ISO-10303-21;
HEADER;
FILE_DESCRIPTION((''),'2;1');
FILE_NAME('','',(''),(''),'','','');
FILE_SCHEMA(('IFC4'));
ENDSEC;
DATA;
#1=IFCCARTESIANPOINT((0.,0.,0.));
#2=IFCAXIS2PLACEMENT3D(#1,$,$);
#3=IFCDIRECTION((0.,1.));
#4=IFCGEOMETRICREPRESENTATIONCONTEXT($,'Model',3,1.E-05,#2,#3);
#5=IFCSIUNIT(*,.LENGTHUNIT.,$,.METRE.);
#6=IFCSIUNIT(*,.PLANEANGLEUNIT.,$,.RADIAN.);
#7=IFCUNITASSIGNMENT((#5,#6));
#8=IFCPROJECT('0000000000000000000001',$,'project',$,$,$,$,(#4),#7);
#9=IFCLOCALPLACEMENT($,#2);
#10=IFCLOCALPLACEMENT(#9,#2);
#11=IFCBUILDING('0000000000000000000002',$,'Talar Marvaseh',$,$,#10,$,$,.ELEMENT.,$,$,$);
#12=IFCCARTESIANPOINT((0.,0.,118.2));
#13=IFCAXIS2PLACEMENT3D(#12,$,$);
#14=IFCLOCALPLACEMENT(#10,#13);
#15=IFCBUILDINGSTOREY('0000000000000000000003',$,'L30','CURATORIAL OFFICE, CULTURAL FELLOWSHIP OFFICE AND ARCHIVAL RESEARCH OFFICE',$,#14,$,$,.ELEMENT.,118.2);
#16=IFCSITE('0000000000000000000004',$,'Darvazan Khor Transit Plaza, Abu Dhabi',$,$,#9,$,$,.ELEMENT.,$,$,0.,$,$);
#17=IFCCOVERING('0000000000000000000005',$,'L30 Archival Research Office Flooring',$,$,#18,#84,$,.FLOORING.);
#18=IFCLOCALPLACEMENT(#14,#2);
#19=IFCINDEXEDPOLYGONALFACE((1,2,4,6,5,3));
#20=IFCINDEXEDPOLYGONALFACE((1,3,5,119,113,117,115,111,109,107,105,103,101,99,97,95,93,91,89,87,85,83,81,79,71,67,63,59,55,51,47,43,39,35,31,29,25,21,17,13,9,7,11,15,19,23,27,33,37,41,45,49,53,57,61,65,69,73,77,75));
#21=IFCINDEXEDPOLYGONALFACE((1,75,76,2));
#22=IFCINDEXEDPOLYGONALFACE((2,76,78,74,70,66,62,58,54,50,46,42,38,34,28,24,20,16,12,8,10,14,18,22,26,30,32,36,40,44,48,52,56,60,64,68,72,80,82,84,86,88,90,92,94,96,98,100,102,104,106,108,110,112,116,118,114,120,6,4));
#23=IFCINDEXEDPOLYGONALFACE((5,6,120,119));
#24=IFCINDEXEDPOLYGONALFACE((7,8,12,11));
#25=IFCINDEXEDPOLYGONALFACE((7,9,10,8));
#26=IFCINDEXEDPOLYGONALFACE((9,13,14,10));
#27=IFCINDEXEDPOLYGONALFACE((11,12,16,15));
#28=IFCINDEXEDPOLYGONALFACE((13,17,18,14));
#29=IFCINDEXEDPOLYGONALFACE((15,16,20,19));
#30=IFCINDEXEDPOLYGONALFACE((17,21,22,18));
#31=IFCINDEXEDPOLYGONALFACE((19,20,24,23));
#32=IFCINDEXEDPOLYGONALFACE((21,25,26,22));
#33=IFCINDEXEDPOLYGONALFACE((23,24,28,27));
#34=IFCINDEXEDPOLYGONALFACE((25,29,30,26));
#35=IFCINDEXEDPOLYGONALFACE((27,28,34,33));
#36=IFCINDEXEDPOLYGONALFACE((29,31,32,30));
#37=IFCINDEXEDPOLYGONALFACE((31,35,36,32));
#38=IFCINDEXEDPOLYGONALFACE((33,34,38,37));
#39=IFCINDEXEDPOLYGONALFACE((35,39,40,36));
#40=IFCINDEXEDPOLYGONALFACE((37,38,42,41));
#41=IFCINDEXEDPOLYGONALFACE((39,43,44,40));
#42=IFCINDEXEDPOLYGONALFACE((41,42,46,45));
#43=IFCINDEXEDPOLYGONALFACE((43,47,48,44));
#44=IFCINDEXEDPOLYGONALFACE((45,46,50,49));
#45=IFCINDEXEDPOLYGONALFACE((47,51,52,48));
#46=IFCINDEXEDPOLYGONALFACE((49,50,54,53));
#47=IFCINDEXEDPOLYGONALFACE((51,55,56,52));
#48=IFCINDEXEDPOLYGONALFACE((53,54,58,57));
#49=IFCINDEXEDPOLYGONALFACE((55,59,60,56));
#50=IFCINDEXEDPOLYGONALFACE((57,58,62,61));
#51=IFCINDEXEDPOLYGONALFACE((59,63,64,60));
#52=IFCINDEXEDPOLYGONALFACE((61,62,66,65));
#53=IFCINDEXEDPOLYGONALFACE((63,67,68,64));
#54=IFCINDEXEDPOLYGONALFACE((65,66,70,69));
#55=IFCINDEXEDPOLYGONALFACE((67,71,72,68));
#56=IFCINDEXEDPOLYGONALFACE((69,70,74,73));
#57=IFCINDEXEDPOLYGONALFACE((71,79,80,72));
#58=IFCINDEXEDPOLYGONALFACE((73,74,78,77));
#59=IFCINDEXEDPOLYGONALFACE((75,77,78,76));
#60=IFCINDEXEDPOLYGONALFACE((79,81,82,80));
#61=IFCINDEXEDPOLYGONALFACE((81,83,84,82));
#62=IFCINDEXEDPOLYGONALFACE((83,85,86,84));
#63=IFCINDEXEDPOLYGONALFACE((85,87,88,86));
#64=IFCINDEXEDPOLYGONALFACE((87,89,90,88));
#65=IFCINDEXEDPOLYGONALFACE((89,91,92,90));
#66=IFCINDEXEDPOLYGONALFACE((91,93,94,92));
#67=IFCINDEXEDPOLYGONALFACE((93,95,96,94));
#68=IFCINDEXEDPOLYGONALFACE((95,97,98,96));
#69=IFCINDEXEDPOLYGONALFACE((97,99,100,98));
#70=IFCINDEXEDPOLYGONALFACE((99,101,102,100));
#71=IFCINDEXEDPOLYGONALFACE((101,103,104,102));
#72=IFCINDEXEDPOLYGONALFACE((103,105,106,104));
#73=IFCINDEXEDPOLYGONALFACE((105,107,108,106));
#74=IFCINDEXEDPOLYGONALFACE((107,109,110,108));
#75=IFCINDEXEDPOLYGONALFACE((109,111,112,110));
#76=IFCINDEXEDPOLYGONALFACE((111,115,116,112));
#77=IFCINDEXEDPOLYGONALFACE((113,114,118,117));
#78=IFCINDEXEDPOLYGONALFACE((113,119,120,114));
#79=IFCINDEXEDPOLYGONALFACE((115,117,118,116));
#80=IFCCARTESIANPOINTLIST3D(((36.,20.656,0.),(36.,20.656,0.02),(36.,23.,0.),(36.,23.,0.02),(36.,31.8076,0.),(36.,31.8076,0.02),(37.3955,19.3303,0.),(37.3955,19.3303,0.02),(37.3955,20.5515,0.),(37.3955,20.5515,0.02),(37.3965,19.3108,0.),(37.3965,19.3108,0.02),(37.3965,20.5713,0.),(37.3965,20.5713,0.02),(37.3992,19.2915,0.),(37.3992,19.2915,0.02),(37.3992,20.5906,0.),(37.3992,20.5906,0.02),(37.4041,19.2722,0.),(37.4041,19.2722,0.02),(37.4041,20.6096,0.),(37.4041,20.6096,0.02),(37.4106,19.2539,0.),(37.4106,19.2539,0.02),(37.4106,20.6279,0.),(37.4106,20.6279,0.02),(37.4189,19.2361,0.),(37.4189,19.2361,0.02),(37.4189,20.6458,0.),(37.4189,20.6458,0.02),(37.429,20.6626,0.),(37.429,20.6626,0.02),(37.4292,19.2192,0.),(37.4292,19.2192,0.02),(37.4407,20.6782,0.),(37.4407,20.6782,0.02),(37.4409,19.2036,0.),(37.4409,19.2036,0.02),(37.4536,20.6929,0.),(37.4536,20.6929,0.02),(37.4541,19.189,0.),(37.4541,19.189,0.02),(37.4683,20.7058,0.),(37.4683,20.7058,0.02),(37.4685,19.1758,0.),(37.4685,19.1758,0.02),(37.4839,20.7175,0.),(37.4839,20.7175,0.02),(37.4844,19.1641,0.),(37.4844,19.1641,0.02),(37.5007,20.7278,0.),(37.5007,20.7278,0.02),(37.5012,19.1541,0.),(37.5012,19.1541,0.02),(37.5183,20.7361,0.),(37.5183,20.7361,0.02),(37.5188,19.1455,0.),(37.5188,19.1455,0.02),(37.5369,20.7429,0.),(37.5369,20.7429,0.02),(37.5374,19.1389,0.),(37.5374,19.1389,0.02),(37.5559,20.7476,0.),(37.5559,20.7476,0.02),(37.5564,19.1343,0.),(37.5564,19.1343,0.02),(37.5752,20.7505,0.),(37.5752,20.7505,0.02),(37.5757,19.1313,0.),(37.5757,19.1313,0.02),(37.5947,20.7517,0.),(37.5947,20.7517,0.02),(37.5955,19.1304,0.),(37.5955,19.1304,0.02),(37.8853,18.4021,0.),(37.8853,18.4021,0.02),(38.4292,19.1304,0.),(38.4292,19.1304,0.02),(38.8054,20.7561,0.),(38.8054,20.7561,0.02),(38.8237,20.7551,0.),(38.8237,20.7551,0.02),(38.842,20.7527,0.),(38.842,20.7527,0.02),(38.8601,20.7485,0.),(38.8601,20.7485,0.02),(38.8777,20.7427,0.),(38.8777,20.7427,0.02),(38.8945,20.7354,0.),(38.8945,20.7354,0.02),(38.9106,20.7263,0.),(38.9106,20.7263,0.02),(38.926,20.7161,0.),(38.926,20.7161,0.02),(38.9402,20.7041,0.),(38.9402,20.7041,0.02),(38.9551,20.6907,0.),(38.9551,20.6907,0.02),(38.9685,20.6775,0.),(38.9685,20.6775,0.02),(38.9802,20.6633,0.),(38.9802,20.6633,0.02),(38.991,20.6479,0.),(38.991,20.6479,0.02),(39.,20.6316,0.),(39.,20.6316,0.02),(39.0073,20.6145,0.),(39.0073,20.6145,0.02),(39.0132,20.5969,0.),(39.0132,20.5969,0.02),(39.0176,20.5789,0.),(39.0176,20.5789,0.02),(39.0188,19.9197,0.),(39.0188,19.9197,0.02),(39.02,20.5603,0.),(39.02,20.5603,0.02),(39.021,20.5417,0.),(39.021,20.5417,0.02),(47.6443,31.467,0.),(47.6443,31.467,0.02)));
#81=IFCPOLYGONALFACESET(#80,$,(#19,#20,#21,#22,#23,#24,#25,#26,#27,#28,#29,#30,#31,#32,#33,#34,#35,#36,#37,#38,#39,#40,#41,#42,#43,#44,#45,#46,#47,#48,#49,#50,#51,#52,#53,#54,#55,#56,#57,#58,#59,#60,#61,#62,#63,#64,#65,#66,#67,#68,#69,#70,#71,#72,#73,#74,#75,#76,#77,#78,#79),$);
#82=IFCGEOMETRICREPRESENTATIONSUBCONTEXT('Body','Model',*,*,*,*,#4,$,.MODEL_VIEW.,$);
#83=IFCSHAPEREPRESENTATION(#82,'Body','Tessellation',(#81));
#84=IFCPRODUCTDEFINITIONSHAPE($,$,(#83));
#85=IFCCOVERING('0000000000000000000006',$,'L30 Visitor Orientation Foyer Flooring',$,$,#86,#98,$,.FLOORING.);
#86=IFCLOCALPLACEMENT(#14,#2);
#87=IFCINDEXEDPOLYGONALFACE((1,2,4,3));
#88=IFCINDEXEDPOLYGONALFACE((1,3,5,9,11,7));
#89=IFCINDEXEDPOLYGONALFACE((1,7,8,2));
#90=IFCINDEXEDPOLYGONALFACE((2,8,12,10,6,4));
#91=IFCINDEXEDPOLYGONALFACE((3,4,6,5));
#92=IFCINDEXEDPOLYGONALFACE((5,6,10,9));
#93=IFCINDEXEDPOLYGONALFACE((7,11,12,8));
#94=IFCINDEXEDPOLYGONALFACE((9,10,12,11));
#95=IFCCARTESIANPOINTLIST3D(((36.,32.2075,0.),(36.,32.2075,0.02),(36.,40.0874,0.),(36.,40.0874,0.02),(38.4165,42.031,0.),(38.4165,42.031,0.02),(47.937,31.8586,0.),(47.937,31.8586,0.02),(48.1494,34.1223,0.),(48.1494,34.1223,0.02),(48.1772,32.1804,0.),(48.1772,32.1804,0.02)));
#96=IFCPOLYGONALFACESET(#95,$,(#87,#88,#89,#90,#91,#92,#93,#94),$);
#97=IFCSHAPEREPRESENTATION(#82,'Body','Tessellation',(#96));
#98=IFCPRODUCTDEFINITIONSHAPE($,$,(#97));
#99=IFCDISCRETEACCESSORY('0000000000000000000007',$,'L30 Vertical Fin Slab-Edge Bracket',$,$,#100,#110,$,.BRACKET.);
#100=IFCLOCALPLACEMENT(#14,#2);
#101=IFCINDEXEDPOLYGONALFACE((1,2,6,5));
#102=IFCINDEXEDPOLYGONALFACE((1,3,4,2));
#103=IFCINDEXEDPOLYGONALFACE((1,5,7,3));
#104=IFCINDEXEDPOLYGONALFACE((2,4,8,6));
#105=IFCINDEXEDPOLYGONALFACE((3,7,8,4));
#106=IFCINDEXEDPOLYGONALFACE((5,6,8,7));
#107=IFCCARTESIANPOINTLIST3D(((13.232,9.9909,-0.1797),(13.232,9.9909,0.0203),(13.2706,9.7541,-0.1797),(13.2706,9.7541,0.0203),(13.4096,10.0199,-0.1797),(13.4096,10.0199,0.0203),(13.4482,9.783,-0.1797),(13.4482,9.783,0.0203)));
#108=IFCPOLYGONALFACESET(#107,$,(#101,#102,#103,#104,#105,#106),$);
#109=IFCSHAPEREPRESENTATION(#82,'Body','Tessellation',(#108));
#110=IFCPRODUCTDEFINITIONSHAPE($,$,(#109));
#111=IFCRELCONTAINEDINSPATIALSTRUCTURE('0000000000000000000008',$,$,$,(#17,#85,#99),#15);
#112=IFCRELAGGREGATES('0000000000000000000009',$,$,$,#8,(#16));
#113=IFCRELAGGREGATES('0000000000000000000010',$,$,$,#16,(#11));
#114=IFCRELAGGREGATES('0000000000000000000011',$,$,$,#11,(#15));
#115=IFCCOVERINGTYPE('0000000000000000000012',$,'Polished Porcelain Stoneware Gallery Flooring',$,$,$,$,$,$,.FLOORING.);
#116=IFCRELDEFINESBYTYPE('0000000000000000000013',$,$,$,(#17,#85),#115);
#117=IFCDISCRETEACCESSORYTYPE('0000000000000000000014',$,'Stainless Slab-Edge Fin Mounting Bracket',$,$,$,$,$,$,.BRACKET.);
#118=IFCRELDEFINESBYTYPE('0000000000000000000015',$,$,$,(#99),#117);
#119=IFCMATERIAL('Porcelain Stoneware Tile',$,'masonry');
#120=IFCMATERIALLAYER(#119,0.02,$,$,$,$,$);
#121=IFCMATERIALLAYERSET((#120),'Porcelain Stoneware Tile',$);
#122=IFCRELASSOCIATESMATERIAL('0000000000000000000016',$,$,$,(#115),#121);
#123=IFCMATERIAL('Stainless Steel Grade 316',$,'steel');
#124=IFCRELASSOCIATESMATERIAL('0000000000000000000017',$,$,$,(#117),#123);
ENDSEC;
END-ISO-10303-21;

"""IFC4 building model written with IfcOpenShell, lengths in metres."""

from ifc_helpers import new_model, si_unit, direction, frame, origin, origin_2d, place, context, subcontext, project, spatial, polyline, rectangle, outline, extrude, source, transform, mapped, material, layer, layer_set, type_object, type_shapes, element, save


model = new_model("IFC4")

# Units and contexts
model_context = context("Model", 3, precision=1e-05, world=origin(), true_north=direction((0.0, 1.0)))
body_context = subcontext(model_context, "Body", "Model", "MODEL_VIEW")
ifc_project = project(units=[si_unit("LENGTHUNIT", "METRE"), si_unit("PLANEANGLEUNIT", "RADIAN")], contexts=[model_context])

# Site, building, storey
site_placement = place(None, origin())
site = spatial("IfcSite", under=ifc_project, at=site_placement, Name="Darvazan Khor Transit Plaza, Abu Dhabi", CompositionType="ELEMENT", RefElevation=0.0)
building_placement = place(site_placement, origin())
building = spatial("IfcBuilding", under=site, at=building_placement, Name="Talar Marvaseh", CompositionType="ELEMENT")
storey_placement = place(building_placement, frame((0.0, 0.0, 118.2)))
storey = spatial("IfcBuildingStorey", under=building, at=storey_placement, Name="L30", Description="CURATORIAL OFFICE, CULTURAL FELLOWSHIP OFFICE AND ARCHIVAL RESEARCH OFFICE", CompositionType="ELEMENT", Elevation=118.2)

# Coverings
ifc_material_1 = material(Name="Porcelain Stoneware Tile", Category="masonry")
ifc_layer_1 = layer(ifc_material_1, 0.02)
ifc_layer_set_1 = layer_set([ifc_layer_1], Name="Porcelain Stoneware Tile")
covering_type_1 = type_object("IfcCoveringType", Name="Polished Porcelain Stoneware Gallery Flooring", PredefinedType="FLOORING", material=ifc_layer_set_1)
covering_1_placement = place(storey_placement, origin())
element("IfcCovering", 1, at=covering_1_placement, inside=storey, type_object=covering_type_1, Name="L30 Archival Research Office Flooring", PredefinedType="FLOORING", context=body_context, shape_type="SweptSolid", body=[
    extrude(outline(polyline([(47.6443, 31.467), (39.0188, 19.9197), (39.021, 20.5417), (39.02, 20.5603), (39.0176, 20.5789), (39.0132, 20.5969), (39.0073, 20.6145), (39.0, 20.6316), (38.991, 20.6479), (38.9802, 20.6633), (38.9685, 20.6775), (38.9551, 20.6907), (38.9402, 20.7041), (38.926, 20.7161), (38.9106, 20.7263), (38.8945, 20.7354), (38.8777, 20.7427), (38.8601, 20.7485), (38.842, 20.7527), (38.8237, 20.7551), (38.8054, 20.7561), (37.5947, 20.7517), (37.5752, 20.7505), (37.5559, 20.7476), (37.5369, 20.7429), (37.5183, 20.7361), (37.5007, 20.7278), (37.4839, 20.7175), (37.4683, 20.7058), (37.4536, 20.6929), (37.4407, 20.6782), (37.429, 20.6626), (37.4189, 20.6458), (37.4106, 20.6279), (37.4041, 20.6096), (37.3992, 20.5906), (37.3965, 20.5713), (37.3955, 20.5515), (37.3955, 19.3303), (37.3965, 19.3108), (37.3992, 19.2915), (37.4041, 19.2722), (37.4106, 19.2539), (37.4189, 19.2361), (37.4292, 19.2192), (37.4409, 19.2036), (37.4541, 19.189), (37.4685, 19.1758), (37.4844, 19.1641), (37.5012, 19.1541), (37.5188, 19.1455), (37.5374, 19.1389), (37.5564, 19.1343), (37.5757, 19.1313), (37.5955, 19.1304), (38.4292, 19.1304), (37.8853, 18.4021), (36.0, 20.656), (36.0, 23.0), (36.0, 31.8076), (47.6443, 31.467)])), origin(), (0.0, 0.0, 1.0), 0.02),
])
covering_2_placement = place(storey_placement, origin())
element("IfcCovering", 2, at=covering_2_placement, inside=storey, type_object=covering_type_1, Name="L30 Visitor Orientation Foyer Flooring", PredefinedType="FLOORING", context=body_context, shape_type="SweptSolid", body=[
    extrude(outline(polyline([(36.0, 40.0874), (38.4165, 42.031), (48.1494, 34.1223), (48.1772, 32.1804), (47.937, 31.8586), (36.0, 32.2075), (36.0, 40.0874)])), origin(), (0.0, 0.0, 1.0), 0.02),
])

# Discrete accessory
ifc_material_2 = material(Name="Stainless Steel Grade 316", Category="steel")
discrete_accessory_type = type_object("IfcDiscreteAccessoryType", Name="Stainless Slab-Edge Fin Mounting Bracket", PredefinedType="BRACKET", material=ifc_material_2)
shared_shape_1 = source(origin(), body_context, "Body", "SweptSolid", [
    extrude(rectangle(XDim=0.24, YDim=0.1799, at=origin_2d()), origin(), (0.0, 0.0, 1.0), 0.2),
])
type_shapes(discrete_accessory_type, [shared_shape_1])
discrete_accessory_placement = place(storey_placement, frame((13.3401, 9.887, -0.1797), z_axis=(0.0, 0.0, 1.0), x_axis=(0.160915, -0.986968, 0.0)))
element("IfcDiscreteAccessory", 3, at=discrete_accessory_placement, inside=storey, type_object=discrete_accessory_type, Name="L30 Vertical Fin Slab-Edge Bracket", PredefinedType="BRACKET", context=body_context, shape_type="MappedRepresentation", body=[
    mapped(shared_shape_1, transform((0.0, 0.0, 0.0), x_axis=(1.0, 0.0, 0.0), y_axis=(0.0, 1.0, 0.0), z_axis=(0.0, 0.0, 1.0), scale=1.0)),
])

save(model, "model.ifc")
